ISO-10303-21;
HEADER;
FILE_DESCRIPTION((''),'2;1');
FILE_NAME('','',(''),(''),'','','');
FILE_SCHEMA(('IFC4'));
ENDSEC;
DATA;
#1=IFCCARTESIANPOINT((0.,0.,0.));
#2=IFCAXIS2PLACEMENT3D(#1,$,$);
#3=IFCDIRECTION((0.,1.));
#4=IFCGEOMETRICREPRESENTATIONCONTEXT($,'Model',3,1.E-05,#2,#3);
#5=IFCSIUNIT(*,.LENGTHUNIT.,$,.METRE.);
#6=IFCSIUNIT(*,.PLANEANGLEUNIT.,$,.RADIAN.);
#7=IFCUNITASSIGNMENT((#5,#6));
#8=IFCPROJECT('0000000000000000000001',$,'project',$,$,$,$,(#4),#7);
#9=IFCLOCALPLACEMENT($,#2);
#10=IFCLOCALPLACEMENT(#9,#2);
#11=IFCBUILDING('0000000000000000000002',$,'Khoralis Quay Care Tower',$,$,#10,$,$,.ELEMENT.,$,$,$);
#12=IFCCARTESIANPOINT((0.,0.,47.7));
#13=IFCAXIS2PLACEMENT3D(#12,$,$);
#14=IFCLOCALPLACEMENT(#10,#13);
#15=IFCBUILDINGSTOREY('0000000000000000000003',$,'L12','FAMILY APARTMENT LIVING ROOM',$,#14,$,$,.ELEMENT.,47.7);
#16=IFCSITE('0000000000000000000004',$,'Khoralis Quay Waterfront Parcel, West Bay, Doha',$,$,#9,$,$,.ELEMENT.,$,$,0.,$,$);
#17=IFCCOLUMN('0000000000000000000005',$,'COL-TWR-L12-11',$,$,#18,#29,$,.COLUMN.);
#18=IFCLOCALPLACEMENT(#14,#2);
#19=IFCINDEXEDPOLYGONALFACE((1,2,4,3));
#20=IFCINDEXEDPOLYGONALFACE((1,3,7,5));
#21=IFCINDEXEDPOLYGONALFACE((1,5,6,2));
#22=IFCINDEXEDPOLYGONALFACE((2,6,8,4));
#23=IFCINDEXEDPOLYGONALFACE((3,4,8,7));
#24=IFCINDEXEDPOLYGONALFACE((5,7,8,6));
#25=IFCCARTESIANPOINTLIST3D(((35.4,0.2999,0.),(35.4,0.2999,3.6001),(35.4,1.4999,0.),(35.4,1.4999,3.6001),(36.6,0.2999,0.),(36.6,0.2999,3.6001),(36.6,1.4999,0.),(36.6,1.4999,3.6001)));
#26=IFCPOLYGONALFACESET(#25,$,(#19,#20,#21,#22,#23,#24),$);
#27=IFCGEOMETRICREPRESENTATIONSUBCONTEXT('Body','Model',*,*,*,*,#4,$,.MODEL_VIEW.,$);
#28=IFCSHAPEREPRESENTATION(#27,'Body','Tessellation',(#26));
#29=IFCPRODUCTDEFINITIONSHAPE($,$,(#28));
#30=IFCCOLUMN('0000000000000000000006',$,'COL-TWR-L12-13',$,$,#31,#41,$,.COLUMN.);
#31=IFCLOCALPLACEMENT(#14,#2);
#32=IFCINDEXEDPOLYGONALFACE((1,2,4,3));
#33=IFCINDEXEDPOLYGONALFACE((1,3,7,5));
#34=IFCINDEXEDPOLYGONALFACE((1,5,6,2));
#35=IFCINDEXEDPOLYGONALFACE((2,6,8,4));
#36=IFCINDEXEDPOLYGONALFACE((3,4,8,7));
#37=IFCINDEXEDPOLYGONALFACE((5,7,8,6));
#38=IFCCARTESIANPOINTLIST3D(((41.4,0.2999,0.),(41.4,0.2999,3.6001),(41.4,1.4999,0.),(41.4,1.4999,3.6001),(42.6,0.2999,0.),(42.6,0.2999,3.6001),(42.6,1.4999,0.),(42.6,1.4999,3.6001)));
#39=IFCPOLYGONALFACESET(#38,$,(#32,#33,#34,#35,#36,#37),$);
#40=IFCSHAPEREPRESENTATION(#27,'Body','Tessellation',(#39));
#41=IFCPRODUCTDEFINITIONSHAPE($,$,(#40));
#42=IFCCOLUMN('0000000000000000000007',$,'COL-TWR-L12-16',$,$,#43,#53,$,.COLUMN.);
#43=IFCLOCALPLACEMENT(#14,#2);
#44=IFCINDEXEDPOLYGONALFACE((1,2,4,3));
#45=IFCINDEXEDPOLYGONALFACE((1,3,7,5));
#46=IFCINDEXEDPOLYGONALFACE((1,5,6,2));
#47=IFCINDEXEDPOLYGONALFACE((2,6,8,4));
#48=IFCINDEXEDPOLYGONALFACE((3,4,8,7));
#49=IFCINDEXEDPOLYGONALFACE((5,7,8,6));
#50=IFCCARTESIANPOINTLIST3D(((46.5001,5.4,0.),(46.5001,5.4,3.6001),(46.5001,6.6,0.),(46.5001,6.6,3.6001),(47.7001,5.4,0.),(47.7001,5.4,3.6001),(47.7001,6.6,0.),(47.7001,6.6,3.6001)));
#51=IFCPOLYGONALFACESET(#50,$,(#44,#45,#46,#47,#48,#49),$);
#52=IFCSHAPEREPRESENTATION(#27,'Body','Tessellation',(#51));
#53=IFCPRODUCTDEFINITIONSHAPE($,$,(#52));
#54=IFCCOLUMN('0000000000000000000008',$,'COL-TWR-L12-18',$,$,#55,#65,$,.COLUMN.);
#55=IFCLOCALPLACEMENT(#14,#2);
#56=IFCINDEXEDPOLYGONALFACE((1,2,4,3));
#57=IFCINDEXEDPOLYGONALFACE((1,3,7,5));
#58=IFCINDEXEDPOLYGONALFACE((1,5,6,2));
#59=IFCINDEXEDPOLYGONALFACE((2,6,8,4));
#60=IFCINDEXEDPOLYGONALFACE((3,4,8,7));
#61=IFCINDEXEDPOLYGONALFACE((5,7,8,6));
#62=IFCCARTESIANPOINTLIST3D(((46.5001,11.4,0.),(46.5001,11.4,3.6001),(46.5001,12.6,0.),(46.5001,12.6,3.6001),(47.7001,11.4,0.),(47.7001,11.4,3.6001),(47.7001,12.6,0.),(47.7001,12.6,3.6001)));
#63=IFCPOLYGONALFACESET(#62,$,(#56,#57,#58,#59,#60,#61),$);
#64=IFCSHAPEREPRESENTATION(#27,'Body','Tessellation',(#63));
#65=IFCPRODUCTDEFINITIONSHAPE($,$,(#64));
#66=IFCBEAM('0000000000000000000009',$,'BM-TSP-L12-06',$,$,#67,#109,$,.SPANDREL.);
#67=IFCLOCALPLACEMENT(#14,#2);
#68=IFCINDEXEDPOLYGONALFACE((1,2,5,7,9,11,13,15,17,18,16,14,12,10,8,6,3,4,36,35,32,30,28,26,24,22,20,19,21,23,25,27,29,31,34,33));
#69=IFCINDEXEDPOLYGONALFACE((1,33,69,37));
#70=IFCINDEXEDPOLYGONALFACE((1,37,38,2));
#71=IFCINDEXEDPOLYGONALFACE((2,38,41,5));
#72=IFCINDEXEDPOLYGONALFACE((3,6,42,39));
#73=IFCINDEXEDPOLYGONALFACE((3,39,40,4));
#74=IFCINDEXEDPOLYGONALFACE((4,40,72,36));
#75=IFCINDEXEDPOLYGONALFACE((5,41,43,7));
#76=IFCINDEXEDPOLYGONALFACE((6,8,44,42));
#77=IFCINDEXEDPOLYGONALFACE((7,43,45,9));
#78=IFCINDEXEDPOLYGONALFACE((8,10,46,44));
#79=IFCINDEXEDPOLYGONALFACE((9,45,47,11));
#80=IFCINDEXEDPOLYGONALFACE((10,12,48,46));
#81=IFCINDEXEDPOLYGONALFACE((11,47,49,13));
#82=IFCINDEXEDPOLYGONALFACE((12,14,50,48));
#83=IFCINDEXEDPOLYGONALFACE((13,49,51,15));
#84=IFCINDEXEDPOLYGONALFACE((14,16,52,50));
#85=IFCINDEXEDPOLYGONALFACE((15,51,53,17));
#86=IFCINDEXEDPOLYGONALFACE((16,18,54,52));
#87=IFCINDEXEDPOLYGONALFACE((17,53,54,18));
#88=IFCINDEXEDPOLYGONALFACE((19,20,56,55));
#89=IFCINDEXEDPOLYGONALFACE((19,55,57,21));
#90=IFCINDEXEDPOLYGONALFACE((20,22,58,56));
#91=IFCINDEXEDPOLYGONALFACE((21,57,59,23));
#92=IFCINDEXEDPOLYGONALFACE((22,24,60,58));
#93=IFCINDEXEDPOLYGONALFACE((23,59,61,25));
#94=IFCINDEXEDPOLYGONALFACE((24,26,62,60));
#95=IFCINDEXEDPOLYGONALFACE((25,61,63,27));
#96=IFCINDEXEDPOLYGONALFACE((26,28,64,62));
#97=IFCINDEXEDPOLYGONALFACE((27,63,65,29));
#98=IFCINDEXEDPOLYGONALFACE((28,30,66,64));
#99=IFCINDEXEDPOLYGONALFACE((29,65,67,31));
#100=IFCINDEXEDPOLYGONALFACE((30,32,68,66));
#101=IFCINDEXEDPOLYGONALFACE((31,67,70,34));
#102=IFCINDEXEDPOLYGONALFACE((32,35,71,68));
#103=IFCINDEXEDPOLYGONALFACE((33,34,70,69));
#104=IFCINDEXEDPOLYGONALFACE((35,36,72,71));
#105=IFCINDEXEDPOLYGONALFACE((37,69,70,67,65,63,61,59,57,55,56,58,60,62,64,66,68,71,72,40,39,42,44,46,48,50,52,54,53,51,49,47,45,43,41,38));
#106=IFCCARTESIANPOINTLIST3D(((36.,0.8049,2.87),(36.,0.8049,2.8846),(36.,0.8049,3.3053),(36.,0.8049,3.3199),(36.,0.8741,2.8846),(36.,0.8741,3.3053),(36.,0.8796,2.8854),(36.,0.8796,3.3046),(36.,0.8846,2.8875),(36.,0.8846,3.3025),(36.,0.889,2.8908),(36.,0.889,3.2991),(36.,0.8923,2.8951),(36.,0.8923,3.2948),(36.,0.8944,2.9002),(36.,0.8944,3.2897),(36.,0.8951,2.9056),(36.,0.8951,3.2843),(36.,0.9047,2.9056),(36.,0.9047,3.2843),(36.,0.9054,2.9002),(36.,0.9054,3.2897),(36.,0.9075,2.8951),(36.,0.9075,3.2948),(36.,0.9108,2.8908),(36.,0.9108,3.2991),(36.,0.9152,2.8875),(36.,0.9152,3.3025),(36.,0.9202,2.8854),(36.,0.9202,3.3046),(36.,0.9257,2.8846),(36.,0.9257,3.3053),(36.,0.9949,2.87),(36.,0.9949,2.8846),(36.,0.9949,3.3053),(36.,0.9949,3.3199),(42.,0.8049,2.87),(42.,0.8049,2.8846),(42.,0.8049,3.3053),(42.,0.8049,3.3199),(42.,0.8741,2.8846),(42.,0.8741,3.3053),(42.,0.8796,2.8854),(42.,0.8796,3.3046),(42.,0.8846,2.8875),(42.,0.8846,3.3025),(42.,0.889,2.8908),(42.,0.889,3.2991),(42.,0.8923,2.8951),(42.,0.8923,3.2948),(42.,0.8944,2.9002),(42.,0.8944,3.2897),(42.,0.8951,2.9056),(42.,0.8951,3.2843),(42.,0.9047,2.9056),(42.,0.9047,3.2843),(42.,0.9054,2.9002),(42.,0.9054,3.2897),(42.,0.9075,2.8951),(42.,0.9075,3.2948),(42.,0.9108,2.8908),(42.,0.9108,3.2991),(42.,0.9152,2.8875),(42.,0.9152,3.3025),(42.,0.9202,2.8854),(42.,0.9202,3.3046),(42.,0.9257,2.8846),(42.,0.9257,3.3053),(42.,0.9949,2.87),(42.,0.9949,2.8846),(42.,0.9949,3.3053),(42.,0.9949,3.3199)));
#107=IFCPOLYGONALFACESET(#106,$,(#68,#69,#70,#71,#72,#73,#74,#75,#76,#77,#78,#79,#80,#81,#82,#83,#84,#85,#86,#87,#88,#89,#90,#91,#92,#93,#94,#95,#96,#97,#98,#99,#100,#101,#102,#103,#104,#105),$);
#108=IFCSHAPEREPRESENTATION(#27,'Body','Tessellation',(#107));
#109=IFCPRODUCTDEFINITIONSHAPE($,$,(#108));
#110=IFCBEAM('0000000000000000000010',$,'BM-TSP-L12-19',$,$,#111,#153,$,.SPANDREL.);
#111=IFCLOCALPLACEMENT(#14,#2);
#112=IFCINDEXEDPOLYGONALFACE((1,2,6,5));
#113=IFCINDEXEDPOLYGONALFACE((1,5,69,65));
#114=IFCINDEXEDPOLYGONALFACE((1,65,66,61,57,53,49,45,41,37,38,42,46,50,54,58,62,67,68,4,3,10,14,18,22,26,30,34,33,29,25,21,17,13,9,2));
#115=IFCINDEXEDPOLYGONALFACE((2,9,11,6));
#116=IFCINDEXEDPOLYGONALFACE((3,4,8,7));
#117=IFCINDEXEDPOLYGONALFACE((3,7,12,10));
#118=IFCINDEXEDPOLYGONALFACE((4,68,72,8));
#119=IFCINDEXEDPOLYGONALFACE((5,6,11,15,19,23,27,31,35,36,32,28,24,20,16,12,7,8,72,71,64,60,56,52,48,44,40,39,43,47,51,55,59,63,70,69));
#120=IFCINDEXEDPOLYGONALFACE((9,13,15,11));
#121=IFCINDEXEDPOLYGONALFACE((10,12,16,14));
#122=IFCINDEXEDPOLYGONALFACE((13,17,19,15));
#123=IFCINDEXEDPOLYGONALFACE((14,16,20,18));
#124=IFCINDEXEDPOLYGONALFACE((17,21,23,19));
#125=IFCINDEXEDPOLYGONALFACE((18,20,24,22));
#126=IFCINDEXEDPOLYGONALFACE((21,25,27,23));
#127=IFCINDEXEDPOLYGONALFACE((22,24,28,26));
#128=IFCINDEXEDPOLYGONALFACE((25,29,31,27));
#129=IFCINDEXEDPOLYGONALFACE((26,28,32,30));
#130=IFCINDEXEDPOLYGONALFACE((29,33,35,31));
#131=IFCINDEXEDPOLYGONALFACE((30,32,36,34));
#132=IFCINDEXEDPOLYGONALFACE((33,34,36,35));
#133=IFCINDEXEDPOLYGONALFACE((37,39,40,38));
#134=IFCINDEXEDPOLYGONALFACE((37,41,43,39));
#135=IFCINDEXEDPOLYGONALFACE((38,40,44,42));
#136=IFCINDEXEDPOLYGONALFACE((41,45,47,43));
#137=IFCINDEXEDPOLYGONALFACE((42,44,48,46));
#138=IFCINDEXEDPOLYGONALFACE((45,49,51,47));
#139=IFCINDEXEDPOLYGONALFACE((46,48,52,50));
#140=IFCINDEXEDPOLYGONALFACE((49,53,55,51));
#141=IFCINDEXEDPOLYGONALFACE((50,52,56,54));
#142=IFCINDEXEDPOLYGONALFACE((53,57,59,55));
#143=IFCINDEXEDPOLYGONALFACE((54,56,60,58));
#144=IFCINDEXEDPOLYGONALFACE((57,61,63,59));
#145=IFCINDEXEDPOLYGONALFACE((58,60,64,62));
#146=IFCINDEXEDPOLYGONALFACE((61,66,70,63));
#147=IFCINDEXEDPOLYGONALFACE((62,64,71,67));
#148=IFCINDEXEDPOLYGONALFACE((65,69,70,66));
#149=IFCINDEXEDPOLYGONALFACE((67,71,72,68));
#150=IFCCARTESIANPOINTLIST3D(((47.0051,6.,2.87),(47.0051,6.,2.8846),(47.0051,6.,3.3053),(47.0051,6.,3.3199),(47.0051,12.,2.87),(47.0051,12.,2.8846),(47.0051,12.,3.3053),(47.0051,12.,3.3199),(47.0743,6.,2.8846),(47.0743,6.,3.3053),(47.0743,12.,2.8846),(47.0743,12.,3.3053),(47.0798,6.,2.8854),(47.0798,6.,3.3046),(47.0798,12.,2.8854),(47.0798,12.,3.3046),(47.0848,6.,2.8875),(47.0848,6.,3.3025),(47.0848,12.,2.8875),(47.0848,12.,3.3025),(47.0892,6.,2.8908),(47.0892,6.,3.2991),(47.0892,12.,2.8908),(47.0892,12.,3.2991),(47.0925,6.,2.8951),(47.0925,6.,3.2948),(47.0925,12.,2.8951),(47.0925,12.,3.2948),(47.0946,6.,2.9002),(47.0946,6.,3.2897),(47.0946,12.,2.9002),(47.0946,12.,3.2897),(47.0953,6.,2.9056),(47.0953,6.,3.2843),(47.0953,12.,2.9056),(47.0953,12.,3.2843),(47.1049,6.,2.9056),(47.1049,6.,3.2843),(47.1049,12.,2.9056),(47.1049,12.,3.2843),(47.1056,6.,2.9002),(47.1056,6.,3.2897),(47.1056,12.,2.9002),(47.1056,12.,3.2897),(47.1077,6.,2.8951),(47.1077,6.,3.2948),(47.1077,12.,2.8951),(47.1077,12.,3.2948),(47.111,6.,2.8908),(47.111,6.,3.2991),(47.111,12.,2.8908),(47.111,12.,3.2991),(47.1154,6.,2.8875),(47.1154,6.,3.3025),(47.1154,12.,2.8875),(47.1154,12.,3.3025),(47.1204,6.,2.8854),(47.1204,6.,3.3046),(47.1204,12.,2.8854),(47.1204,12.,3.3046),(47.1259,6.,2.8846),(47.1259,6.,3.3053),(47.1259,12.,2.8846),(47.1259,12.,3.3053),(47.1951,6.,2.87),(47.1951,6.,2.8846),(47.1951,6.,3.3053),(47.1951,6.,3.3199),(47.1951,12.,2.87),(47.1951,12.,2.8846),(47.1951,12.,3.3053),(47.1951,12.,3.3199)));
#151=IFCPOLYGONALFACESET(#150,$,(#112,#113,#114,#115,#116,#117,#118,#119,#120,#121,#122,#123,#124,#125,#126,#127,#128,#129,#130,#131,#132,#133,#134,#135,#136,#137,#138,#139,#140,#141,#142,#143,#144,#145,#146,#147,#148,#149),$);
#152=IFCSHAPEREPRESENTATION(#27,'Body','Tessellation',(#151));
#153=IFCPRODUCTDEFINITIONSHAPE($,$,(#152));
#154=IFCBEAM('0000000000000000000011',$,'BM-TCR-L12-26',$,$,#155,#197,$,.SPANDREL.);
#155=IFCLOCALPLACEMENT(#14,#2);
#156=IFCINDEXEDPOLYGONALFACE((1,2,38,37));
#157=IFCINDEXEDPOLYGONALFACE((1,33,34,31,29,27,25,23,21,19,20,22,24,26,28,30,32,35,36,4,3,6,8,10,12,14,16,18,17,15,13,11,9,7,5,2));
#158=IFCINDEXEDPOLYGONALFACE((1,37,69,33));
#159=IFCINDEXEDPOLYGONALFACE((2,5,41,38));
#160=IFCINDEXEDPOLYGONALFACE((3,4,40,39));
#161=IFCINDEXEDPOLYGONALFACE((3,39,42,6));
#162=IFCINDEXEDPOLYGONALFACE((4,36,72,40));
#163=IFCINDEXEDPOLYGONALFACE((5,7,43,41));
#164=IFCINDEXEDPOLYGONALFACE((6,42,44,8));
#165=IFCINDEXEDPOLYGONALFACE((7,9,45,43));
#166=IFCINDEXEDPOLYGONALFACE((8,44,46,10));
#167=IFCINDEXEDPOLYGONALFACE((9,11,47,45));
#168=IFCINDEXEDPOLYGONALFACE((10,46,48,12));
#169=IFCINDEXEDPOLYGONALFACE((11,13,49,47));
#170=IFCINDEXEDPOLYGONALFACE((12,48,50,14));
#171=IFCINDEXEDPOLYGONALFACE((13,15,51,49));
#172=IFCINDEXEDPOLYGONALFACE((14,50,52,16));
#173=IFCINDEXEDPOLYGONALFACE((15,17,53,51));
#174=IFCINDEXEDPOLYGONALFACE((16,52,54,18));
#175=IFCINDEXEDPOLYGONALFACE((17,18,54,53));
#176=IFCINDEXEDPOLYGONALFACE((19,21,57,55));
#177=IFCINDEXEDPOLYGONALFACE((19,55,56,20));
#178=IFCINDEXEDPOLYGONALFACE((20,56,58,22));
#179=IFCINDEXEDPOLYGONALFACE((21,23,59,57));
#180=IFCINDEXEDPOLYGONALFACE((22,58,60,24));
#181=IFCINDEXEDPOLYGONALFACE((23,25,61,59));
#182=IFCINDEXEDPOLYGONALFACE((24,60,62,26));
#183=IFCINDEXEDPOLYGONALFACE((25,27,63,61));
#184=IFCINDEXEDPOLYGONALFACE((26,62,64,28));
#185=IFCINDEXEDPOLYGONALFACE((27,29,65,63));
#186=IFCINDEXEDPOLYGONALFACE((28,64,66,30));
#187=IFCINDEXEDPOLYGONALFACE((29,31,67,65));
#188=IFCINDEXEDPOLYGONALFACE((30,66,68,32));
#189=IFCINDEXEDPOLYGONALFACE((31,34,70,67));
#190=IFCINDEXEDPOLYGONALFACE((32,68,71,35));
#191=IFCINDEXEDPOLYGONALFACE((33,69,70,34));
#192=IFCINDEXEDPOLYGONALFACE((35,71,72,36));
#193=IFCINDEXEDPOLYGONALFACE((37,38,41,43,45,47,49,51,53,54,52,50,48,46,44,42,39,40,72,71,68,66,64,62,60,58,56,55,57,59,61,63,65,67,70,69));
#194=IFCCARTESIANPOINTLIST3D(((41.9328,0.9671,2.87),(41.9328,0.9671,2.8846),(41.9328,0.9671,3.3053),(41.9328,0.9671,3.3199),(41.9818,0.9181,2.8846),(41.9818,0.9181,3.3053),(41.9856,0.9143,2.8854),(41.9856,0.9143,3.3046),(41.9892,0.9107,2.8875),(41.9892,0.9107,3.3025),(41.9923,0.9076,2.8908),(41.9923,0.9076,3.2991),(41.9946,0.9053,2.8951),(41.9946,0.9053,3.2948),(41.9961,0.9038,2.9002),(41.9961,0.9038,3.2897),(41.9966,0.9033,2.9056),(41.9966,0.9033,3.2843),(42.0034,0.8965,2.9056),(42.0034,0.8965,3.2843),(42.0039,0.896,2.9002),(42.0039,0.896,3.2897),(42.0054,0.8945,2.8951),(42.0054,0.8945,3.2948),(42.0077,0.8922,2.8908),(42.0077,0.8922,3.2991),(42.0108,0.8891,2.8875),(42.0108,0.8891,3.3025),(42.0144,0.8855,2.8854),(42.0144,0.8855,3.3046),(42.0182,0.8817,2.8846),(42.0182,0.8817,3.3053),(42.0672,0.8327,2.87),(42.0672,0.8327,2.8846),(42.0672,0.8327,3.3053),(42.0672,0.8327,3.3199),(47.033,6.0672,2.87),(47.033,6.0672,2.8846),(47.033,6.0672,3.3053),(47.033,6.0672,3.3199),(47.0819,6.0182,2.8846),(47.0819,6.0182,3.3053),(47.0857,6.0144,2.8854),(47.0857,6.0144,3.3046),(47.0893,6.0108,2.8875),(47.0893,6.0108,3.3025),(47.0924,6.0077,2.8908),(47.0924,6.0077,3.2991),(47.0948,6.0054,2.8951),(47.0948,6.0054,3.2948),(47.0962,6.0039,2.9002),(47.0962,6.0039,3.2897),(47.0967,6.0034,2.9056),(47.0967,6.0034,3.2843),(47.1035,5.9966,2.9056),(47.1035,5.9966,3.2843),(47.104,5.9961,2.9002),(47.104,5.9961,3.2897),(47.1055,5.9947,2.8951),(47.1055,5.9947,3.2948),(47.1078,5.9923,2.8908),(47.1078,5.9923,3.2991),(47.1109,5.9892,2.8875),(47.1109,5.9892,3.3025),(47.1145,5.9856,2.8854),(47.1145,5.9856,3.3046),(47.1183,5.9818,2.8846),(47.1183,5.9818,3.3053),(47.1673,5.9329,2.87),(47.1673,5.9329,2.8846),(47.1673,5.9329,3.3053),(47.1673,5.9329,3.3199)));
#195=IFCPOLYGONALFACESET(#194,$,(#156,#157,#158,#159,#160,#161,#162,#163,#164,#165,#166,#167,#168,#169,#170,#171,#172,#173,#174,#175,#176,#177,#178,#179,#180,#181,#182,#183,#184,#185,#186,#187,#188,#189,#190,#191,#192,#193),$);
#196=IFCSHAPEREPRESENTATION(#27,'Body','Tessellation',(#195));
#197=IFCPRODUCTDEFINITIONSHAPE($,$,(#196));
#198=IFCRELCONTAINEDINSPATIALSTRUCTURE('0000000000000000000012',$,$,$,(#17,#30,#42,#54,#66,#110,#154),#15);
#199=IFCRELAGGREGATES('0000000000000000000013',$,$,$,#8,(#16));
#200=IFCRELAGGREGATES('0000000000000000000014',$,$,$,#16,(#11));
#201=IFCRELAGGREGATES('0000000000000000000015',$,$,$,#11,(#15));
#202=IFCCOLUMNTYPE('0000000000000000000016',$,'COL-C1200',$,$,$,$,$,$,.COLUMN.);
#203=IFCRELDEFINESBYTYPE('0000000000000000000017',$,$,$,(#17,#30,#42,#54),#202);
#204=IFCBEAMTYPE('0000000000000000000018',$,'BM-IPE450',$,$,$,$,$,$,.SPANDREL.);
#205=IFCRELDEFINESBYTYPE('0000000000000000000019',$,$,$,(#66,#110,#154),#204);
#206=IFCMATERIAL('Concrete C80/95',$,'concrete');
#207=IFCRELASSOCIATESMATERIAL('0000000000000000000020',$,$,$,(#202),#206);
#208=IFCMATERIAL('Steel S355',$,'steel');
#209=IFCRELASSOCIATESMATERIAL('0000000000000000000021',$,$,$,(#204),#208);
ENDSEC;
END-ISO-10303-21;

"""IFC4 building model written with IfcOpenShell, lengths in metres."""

from ifc_helpers import new_model, si_unit, direction, frame, origin, origin_2d, place, context, subcontext, project, spatial, rectangle, i_section, extrude, source, transform, mapped, material, material_profile, profile_set, type_object, element, save


model = new_model("IFC4")

# Units and contexts
model_context = context("Model", 3, precision=1e-05, world=origin(), true_north=direction((0.0, 1.0)))
body_context = subcontext(model_context, "Body", "Model", "MODEL_VIEW")
ifc_project = project(units=[si_unit("LENGTHUNIT", "METRE"), si_unit("PLANEANGLEUNIT", "RADIAN")], contexts=[model_context])

# Site, building, storey
site_placement = place(None, origin())
site = spatial("IfcSite", under=ifc_project, at=site_placement, Name="Khoralis Quay Waterfront Parcel, West Bay, Doha", CompositionType="ELEMENT", RefElevation=0.0)
building_placement = place(site_placement, origin())
building = spatial("IfcBuilding", under=site, at=building_placement, Name="Khoralis Quay Care Tower", CompositionType="ELEMENT")
storey_placement = place(building_placement, frame((0.0, 0.0, 47.7)))
storey = spatial("IfcBuildingStorey", under=building, at=storey_placement, Name="L12", Description="FAMILY APARTMENT LIVING ROOM", CompositionType="ELEMENT", Elevation=47.7)

# Columns
ifc_material_1 = material(Name="Concrete C80/95", Category="concrete")
ifc_material_profile_1 = material_profile(ifc_material_1, rectangle(XDim=1.2, YDim=1.2, at=origin_2d()), Name="Concrete C80/95")
ifc_profile_set_1 = profile_set([ifc_material_profile_1], Name="Concrete C80/95")
column_type = type_object("IfcColumnType", Name="COL-C1200", PredefinedType="COLUMN", material=ifc_profile_set_1)
shared_shape_1 = source(origin(), body_context, "Body", "SweptSolid", [
    extrude(rectangle(XDim=1.2, YDim=1.2, at=origin_2d()), origin(), (0.0, 0.0, 1.0), 3.6001),
])
for number, where, z_axis, x_axis, name in (
    (1, (36.0, 0.8999, 0.0), (0.0, 0.0, 1.0), (1.0, 0.0, 0.0), "COL-TWR-L12-11"),
    (2, (42.0, 0.8999, 0.0), (0.0, 0.0, 1.0), (1.0, 0.0, 0.0), "COL-TWR-L12-13"),
    (3, (47.1001, 6.0, 0.0), (0.0, 0.0, 1.0), (1.0, 0.0, 0.0), "COL-TWR-L12-16"),
    (4, (47.1001, 12.0, 0.0), (0.0, 0.0, 1.0), (1.0, 0.0, 0.0), "COL-TWR-L12-18"),
):
    element("IfcColumn", number, at=place(storey_placement, frame(where, z_axis=z_axis, x_axis=x_axis)), inside=storey, type_object=column_type, Name=name, PredefinedType="COLUMN", context=body_context, shape_type="MappedRepresentation", body=[
        mapped(shared_shape_1, transform((0.0, 0.0, 0.0), scale=1.0)),
    ])

# Beams
ifc_material_2 = material(Name="Steel S355", Category="steel")
ifc_material_profile_2 = material_profile(ifc_material_2, i_section(OverallWidth=0.1899, OverallDepth=0.45, WebThickness=0.0095, FlangeThickness=0.0146, FilletRadius=0.021, at=origin_2d()), Name="Steel S355")
ifc_profile_set_2 = profile_set([ifc_material_profile_2], Name="Steel S355")
beam_type_1 = type_object("IfcBeamType", Name="BM-IPE450", PredefinedType="SPANDREL", material=ifc_profile_set_2)
shared_shape_2 = source(origin(), body_context, "Body", "SweptSolid", [
    extrude(i_section(OverallWidth=0.1899, OverallDepth=0.45, WebThickness=0.0095, FlangeThickness=0.0146, FilletRadius=0.021, at=origin_2d()), origin(), (0.0, 0.0, 1.0), 6.0),
])
for number, where, z_axis, x_axis, name in (
    (5, (36.0, 0.8999, 3.095), (1.0, 0.0, 0.0), (0.0, 1.0, 0.0), "BM-TSP-L12-06"),
    (6, (47.1001, 6.0, 3.095), (0.0, 1.0, 0.0), (-1.0, 0.0, 0.0), "BM-TSP-L12-19"),
):
    element("IfcBeam", number, at=place(storey_placement, frame(where, z_axis=z_axis, x_axis=x_axis)), inside=storey, type_object=beam_type_1, Name=name, PredefinedType="SPANDREL", context=body_context, shape_type="MappedRepresentation", body=[
        mapped(shared_shape_2, transform((0.0, 0.0, 0.0), scale=1.0)),
    ])
shared_shape_3 = source(origin(), body_context, "Body", "SweptSolid", [
    extrude(i_section(OverallWidth=0.1899, OverallDepth=0.45, WebThickness=0.0095, FlangeThickness=0.0146, FilletRadius=0.021, at=origin_2d()), origin(), (0.0, 0.0, 1.0), 7.2126),
])
beam_1_placement = place(storey_placement, frame((42.0, 0.8999, 3.095), z_axis=(0.707107, 0.707107, 0.0), x_axis=(-0.707107, 0.707107, 0.0)))
element("IfcBeam", 7, at=beam_1_placement, inside=storey, type_object=beam_type_1, Name="BM-TCR-L12-26", PredefinedType="SPANDREL", context=body_context, shape_type="MappedRepresentation", body=[
    mapped(shared_shape_3, transform((0.0, 0.0, 0.0), scale=1.0)),
])

save(model, "model.ifc")
